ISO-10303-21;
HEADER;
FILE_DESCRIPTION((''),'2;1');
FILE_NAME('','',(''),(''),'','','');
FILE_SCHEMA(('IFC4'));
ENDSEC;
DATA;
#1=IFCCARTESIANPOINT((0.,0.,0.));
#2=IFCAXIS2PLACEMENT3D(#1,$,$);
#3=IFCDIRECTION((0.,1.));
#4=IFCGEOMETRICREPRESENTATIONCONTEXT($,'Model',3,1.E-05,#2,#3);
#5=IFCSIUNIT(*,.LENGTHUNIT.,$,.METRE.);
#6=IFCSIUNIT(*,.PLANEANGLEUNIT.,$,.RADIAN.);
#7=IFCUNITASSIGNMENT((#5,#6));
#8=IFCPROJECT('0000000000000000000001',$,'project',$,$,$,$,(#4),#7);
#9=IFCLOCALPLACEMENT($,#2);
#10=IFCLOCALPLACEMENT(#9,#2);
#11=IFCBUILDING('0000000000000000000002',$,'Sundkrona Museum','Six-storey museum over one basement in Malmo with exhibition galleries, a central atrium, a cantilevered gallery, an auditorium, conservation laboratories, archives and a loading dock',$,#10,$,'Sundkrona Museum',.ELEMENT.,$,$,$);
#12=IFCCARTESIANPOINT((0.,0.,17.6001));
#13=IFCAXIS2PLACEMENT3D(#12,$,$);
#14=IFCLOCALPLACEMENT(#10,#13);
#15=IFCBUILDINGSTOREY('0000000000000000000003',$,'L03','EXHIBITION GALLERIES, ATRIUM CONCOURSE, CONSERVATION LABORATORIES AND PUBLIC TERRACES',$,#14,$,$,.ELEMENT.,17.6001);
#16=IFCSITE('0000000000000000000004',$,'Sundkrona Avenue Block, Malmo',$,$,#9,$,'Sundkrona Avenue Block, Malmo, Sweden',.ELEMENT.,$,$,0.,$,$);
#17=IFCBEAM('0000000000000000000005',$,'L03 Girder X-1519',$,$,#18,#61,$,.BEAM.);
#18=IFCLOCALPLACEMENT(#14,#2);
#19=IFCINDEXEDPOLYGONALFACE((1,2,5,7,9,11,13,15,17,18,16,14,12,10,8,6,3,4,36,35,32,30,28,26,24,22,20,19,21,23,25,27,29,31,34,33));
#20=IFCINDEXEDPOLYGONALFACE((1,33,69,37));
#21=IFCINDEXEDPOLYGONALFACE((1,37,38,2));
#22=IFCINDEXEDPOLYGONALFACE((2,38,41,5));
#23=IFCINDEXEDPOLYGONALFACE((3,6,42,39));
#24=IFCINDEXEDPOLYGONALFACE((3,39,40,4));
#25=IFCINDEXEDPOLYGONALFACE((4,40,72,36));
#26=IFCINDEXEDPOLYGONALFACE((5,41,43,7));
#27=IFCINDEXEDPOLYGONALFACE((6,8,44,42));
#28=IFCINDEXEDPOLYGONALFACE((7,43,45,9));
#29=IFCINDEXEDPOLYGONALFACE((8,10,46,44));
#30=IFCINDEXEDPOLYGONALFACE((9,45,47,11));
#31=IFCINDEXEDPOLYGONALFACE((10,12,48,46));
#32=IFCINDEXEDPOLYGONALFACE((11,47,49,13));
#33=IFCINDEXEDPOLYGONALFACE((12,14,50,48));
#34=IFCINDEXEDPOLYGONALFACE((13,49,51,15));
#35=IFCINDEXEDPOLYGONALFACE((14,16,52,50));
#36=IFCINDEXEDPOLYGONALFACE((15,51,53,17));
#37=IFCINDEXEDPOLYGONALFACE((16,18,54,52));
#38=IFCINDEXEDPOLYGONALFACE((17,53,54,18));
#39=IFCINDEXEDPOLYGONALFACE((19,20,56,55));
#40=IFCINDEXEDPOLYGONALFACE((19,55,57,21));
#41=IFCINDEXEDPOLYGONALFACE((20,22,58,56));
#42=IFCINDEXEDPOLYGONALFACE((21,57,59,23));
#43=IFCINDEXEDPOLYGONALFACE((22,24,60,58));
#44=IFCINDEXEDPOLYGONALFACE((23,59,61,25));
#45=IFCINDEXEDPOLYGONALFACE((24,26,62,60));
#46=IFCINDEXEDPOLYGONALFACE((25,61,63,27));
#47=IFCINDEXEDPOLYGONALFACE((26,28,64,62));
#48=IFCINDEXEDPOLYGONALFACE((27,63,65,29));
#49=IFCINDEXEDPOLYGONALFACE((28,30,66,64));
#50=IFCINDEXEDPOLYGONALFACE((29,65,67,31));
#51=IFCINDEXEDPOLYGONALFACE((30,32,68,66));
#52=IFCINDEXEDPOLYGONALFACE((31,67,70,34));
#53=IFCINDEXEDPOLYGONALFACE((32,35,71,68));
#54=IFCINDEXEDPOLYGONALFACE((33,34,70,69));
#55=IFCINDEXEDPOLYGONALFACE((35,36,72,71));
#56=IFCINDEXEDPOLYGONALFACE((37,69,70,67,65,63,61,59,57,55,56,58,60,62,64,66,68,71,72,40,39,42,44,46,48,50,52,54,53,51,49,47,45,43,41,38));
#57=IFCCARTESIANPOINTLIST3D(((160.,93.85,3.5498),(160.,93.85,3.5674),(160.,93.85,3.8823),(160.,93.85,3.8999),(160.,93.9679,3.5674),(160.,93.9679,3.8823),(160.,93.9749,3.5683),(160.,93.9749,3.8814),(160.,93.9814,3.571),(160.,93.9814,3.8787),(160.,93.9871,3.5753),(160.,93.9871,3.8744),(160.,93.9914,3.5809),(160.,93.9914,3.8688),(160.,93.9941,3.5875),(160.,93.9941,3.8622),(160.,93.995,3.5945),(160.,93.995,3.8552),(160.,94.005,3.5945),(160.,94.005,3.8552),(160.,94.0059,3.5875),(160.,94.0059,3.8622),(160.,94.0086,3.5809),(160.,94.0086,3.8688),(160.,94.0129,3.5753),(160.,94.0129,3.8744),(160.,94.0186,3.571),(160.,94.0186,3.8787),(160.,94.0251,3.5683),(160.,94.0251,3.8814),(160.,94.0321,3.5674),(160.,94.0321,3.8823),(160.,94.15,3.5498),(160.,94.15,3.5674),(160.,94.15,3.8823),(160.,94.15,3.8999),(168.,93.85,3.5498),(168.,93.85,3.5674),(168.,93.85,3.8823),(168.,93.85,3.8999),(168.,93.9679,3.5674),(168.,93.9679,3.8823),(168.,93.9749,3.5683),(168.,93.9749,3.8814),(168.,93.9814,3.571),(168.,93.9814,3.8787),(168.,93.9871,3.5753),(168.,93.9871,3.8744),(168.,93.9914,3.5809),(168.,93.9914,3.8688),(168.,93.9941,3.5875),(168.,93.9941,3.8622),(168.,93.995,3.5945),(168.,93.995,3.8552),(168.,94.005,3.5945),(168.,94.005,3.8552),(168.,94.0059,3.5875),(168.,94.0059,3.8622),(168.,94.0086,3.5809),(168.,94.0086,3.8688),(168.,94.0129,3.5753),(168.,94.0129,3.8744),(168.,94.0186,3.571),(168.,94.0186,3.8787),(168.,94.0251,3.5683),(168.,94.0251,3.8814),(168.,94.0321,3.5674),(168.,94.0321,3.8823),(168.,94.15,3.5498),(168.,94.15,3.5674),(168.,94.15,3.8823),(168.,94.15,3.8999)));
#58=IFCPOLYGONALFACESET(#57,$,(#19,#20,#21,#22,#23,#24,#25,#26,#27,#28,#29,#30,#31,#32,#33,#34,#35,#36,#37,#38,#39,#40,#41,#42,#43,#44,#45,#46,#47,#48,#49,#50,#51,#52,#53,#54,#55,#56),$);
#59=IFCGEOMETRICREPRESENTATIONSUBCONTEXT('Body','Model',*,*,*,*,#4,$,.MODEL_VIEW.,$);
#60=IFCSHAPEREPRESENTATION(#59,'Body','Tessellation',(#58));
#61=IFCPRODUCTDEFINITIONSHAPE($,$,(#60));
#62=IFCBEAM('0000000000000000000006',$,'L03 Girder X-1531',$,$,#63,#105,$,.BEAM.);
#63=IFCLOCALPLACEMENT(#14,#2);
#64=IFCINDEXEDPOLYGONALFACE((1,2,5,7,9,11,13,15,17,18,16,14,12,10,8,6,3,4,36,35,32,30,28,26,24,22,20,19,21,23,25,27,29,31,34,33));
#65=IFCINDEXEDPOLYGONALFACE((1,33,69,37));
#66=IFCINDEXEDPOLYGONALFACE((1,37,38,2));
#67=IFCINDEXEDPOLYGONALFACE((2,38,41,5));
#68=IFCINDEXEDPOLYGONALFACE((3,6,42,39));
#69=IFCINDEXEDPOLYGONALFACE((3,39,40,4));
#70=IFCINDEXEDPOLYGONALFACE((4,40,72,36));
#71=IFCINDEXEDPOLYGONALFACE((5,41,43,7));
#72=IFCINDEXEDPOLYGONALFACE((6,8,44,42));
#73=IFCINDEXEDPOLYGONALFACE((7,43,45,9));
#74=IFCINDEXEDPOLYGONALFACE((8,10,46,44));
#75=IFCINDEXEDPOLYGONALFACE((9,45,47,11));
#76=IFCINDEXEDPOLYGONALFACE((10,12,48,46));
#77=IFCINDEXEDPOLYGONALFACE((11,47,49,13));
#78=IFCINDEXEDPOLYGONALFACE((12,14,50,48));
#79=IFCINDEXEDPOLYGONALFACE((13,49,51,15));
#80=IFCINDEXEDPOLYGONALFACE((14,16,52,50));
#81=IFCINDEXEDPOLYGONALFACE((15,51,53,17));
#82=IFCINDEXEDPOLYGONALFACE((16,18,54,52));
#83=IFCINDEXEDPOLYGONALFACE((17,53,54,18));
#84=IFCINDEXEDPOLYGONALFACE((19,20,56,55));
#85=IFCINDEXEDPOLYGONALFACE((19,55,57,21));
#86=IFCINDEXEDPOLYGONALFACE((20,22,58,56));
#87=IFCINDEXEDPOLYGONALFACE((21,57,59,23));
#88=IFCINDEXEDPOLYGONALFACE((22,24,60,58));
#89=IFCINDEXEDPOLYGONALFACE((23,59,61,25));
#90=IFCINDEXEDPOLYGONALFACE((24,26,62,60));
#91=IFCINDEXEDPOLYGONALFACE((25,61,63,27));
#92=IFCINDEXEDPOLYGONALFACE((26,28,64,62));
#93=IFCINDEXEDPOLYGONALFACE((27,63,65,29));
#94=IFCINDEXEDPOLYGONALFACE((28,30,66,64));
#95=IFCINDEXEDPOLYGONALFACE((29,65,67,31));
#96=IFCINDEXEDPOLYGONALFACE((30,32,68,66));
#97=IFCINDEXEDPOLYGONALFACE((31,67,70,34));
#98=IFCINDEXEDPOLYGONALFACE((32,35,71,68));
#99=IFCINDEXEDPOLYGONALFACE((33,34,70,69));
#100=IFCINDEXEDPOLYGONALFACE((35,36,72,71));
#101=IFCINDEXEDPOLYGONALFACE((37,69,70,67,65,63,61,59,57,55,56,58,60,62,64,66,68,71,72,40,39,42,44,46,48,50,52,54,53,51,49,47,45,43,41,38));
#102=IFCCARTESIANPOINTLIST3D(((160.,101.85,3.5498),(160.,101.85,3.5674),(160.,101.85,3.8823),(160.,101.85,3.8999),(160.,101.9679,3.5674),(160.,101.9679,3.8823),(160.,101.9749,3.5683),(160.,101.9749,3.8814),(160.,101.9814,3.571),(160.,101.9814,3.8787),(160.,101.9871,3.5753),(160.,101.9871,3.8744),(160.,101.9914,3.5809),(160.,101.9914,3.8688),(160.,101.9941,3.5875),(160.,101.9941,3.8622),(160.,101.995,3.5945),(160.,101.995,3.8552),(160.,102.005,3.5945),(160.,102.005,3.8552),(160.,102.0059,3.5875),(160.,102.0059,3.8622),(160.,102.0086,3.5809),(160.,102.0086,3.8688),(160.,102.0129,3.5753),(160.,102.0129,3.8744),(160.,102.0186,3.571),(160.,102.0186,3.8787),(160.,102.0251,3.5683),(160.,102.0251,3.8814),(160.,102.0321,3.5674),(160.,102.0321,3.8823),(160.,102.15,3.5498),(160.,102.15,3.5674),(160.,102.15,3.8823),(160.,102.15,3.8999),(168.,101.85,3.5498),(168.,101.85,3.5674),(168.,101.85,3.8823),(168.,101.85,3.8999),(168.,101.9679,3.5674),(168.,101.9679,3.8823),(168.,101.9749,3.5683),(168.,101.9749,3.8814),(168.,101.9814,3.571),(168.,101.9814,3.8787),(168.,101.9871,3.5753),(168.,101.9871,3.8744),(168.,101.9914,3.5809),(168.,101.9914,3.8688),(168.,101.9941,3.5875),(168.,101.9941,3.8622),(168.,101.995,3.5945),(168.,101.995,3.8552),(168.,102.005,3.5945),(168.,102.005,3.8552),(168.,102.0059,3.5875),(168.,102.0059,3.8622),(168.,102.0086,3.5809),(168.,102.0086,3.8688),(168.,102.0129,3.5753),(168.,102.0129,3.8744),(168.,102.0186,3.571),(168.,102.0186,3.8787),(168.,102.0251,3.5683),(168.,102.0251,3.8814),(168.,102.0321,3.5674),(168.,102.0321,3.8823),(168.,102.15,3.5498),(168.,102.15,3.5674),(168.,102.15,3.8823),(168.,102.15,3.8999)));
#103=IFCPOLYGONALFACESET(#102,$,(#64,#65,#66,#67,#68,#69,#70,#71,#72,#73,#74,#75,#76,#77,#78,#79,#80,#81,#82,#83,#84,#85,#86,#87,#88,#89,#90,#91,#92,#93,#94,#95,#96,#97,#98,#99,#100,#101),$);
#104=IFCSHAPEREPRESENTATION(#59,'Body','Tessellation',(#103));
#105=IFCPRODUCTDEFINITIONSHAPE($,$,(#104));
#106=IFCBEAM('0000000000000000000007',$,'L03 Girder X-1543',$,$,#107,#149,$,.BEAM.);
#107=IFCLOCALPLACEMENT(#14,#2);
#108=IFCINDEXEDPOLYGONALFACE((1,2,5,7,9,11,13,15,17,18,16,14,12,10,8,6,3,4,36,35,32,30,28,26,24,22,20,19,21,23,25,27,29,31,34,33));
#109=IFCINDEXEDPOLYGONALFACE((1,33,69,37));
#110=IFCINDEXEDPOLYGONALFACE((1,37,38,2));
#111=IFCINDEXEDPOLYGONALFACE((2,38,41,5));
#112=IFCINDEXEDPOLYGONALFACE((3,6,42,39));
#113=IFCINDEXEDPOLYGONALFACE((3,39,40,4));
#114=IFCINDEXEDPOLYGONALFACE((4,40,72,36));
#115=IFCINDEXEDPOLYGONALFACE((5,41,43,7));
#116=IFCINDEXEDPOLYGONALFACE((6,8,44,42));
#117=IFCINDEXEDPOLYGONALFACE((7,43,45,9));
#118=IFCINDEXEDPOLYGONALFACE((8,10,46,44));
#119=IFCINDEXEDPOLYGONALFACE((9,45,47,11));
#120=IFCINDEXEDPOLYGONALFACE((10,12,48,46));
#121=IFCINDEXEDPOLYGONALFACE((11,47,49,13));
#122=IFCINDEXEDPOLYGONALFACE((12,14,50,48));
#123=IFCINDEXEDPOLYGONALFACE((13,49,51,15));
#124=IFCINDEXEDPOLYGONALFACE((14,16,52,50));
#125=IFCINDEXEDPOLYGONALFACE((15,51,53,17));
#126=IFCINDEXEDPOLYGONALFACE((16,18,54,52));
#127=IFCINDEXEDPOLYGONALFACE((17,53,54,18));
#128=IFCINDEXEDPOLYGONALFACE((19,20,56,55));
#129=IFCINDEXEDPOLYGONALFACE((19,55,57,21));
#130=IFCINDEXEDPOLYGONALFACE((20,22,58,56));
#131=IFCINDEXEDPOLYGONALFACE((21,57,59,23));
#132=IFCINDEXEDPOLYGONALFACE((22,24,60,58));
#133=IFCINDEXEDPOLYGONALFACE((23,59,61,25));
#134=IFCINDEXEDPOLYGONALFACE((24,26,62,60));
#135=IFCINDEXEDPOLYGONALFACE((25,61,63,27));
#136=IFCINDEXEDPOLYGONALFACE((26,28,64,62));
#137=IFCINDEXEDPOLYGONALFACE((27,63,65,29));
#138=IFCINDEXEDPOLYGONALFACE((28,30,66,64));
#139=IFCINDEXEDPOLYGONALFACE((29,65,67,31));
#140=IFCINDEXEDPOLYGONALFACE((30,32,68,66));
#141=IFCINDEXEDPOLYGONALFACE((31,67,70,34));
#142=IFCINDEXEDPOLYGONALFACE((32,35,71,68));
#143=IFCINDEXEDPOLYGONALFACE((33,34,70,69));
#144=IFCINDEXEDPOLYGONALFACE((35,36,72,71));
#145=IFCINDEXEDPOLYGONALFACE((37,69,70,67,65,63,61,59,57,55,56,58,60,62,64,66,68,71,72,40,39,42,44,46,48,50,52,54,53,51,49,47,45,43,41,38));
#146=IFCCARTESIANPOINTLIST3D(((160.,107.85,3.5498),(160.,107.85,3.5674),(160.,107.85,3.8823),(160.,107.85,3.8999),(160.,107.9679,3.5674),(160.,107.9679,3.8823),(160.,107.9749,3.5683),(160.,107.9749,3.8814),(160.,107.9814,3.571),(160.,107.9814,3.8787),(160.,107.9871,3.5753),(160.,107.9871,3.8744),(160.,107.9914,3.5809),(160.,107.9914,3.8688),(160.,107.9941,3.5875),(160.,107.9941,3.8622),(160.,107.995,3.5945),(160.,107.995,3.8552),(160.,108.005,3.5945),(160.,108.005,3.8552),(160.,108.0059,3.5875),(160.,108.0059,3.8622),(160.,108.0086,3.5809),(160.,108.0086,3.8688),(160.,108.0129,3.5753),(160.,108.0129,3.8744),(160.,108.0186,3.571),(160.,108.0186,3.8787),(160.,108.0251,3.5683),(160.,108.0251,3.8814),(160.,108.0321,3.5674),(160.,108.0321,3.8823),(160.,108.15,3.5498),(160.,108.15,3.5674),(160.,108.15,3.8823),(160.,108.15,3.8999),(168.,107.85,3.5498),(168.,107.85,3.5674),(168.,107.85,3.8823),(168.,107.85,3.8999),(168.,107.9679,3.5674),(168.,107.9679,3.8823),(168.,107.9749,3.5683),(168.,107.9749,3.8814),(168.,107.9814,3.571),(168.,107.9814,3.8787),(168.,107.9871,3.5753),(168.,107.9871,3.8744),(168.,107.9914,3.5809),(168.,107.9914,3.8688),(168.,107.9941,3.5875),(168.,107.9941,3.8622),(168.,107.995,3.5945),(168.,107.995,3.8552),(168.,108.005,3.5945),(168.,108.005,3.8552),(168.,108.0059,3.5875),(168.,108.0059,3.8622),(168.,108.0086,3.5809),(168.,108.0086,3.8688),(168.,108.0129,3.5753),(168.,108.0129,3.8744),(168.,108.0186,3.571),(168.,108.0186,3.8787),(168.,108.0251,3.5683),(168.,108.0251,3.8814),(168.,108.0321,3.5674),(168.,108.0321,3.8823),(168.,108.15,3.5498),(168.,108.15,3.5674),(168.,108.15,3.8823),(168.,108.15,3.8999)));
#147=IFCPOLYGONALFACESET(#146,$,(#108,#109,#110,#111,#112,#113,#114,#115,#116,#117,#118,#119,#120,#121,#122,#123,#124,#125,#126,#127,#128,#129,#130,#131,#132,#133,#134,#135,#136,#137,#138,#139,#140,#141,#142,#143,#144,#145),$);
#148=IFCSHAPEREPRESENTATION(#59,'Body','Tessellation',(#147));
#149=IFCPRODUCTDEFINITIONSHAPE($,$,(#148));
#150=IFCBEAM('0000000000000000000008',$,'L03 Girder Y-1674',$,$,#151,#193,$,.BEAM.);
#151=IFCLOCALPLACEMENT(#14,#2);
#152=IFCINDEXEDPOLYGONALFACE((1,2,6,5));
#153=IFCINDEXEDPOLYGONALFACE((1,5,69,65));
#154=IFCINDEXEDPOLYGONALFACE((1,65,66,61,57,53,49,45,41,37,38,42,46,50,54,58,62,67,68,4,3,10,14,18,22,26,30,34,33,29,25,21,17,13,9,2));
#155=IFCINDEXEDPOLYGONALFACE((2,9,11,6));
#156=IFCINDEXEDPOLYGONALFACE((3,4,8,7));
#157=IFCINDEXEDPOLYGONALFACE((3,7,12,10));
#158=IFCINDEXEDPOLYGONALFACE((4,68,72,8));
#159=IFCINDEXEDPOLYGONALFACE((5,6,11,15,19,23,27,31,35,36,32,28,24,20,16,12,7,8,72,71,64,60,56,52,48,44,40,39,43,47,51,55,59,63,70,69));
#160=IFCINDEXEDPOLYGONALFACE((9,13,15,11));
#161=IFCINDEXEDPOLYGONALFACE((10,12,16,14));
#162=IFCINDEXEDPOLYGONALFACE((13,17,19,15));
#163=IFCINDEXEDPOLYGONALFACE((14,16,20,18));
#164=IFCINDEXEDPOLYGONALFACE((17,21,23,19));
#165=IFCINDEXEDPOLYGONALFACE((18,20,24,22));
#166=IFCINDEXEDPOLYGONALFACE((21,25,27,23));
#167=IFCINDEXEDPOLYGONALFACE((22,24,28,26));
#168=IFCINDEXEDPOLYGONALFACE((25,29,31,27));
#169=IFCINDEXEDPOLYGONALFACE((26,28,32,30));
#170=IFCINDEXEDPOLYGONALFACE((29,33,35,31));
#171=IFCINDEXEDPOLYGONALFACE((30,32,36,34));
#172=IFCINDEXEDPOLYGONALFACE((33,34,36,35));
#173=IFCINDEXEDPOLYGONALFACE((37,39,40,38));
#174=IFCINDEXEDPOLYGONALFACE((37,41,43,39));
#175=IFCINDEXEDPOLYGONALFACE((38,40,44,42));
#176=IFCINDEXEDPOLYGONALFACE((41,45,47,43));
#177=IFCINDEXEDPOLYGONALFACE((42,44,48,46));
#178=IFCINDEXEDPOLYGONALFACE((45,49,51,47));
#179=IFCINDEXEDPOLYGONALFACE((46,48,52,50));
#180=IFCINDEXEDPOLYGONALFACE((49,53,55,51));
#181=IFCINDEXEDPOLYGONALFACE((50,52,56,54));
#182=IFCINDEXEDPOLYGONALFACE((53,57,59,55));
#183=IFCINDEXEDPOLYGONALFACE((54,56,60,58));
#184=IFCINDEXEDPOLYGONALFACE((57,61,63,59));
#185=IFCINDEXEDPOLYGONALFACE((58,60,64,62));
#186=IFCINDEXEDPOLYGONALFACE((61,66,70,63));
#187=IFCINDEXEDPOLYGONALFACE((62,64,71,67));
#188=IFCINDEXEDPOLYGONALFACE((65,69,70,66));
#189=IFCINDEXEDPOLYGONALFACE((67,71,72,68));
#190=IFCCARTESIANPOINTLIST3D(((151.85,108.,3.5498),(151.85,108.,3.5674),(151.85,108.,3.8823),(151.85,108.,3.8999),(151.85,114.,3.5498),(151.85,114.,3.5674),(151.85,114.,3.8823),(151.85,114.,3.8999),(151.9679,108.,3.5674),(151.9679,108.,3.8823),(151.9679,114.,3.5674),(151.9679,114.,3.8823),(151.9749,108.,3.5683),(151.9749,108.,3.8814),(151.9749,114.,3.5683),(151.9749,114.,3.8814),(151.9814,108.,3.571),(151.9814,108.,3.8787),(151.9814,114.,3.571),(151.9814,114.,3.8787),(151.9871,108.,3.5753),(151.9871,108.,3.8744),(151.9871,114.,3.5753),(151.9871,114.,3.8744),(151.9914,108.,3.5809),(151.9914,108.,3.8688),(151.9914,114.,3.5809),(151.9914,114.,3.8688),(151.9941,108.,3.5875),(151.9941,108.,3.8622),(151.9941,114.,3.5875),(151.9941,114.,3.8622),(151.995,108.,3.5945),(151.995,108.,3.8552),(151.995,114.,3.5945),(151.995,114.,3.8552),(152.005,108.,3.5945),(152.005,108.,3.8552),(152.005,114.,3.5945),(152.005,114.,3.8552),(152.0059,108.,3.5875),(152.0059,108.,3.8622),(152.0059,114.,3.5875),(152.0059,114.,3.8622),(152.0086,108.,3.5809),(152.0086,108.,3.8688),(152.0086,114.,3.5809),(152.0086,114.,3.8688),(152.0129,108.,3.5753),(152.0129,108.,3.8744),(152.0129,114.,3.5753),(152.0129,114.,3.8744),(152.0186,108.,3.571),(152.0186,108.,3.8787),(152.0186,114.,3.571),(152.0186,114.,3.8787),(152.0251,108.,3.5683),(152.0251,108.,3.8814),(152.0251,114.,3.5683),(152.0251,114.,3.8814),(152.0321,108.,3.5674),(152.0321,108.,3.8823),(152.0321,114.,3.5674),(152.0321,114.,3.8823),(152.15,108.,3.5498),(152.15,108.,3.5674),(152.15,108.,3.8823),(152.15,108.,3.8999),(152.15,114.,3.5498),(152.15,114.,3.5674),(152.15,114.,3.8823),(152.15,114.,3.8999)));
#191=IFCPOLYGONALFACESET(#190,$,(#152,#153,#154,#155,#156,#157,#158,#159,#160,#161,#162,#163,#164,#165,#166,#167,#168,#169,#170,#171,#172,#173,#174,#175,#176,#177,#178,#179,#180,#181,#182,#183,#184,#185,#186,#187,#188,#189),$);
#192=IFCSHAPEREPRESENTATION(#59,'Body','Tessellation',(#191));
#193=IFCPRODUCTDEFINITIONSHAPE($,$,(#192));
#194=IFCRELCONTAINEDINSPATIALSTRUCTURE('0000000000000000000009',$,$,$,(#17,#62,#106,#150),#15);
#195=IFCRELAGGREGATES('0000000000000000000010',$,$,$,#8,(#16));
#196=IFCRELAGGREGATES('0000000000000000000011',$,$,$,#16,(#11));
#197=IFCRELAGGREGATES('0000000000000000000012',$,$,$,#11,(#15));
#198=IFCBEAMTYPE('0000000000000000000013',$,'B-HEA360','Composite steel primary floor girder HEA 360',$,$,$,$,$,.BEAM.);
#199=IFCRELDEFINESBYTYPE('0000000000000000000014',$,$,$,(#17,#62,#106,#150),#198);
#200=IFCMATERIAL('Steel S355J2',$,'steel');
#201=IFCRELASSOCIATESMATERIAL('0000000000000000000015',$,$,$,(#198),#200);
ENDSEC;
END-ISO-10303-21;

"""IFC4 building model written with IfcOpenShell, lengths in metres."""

from ifc_helpers import new_model, si_unit, direction, frame, origin, origin_2d, place, context, subcontext, project, spatial, i_section, extrude, material, material_profile, profile_set, type_object, element, save


model = new_model("IFC4")

# Units and contexts
model_context = context("Model", 3, precision=1e-05, world=origin(), true_north=direction((0.0, 1.0)))
body_context = subcontext(model_context, "Body", "Model", "MODEL_VIEW")
ifc_project = project(units=[si_unit("LENGTHUNIT", "METRE"), si_unit("PLANEANGLEUNIT", "RADIAN")], contexts=[model_context])

# Site, building, storey
site_placement = place(None, origin())
site = spatial("IfcSite", under=ifc_project, at=site_placement, Name="Sundkrona Avenue Block, Malmo", LongName="Sundkrona Avenue Block, Malmo, Sweden", CompositionType="ELEMENT", RefElevation=0.0)
building_placement = place(site_placement, origin())
building = spatial("IfcBuilding", under=site, at=building_placement, Name="Sundkrona Museum", Description="Six-storey museum over one basement in Malmo with exhibition galleries, a central atrium, a cantilevered gallery, an auditorium, conservation laboratories, archives and a loading dock", LongName="Sundkrona Museum", CompositionType="ELEMENT")
storey_placement = place(building_placement, frame((0.0, 0.0, 17.6001)))
storey = spatial("IfcBuildingStorey", under=building, at=storey_placement, Name="L03", Description="EXHIBITION GALLERIES, ATRIUM CONCOURSE, CONSERVATION LABORATORIES AND PUBLIC TERRACES", CompositionType="ELEMENT", Elevation=17.6001)

# Shared definitions
ifc_material_1 = material(Name="Steel S355J2", Category="steel")

# Beams
ifc_material_profile_1 = material_profile(ifc_material_1, i_section(OverallWidth=0.3, OverallDepth=0.3501, WebThickness=0.01, FlangeThickness=0.0176, FilletRadius=0.0271, at=origin_2d()), Name="HEA 360")
ifc_profile_set_1 = profile_set([ifc_material_profile_1], Name="Steel S355J2")
beam_type_1 = type_object("IfcBeamType", Name="B-HEA360", Description="Composite steel primary floor girder HEA 360", PredefinedType="BEAM", material=ifc_profile_set_1)
for number, where, z_axis, x_axis, name in (
    (1, (160.0, 94.0, 3.7249), (1.0, 0.0, 0.0), (0.0, 1.0, 0.0), "L03 Girder X-1519"),
    (2, (160.0, 102.0, 3.7249), (1.0, 0.0, 0.0), (0.0, 1.0, 0.0), "L03 Girder X-1531"),
    (3, (160.0, 108.0, 3.7249), (1.0, 0.0, 0.0), (0.0, 1.0, 0.0), "L03 Girder X-1543"),
):
    element("IfcBeam", number, at=place(storey_placement, frame(where, z_axis=z_axis, x_axis=x_axis)), inside=storey, type_object=beam_type_1, Name=name, PredefinedType="BEAM", context=body_context, shape_type="SweptSolid", body=[
        extrude(i_section(OverallWidth=0.3, OverallDepth=0.3501, WebThickness=0.01, FlangeThickness=0.0176, FilletRadius=0.0271, at=origin_2d()), origin(), (0.0, 0.0, 1.0), 8.0),
    ])
beam_1_placement = place(storey_placement, frame((152.0, 108.0, 3.7249), z_axis=(0.0, 1.0, 0.0), x_axis=(-1.0, 0.0, 0.0)))
element("IfcBeam", 4, at=beam_1_placement, inside=storey, type_object=beam_type_1, Name="L03 Girder Y-1674", PredefinedType="BEAM", context=body_context, shape_type="SweptSolid", body=[
    extrude(i_section(OverallWidth=0.3, OverallDepth=0.3501, WebThickness=0.01, FlangeThickness=0.0176, FilletRadius=0.0271, at=origin_2d()), origin(), (0.0, 0.0, 1.0), 6.0),
])

save(model, "model.ifc")
